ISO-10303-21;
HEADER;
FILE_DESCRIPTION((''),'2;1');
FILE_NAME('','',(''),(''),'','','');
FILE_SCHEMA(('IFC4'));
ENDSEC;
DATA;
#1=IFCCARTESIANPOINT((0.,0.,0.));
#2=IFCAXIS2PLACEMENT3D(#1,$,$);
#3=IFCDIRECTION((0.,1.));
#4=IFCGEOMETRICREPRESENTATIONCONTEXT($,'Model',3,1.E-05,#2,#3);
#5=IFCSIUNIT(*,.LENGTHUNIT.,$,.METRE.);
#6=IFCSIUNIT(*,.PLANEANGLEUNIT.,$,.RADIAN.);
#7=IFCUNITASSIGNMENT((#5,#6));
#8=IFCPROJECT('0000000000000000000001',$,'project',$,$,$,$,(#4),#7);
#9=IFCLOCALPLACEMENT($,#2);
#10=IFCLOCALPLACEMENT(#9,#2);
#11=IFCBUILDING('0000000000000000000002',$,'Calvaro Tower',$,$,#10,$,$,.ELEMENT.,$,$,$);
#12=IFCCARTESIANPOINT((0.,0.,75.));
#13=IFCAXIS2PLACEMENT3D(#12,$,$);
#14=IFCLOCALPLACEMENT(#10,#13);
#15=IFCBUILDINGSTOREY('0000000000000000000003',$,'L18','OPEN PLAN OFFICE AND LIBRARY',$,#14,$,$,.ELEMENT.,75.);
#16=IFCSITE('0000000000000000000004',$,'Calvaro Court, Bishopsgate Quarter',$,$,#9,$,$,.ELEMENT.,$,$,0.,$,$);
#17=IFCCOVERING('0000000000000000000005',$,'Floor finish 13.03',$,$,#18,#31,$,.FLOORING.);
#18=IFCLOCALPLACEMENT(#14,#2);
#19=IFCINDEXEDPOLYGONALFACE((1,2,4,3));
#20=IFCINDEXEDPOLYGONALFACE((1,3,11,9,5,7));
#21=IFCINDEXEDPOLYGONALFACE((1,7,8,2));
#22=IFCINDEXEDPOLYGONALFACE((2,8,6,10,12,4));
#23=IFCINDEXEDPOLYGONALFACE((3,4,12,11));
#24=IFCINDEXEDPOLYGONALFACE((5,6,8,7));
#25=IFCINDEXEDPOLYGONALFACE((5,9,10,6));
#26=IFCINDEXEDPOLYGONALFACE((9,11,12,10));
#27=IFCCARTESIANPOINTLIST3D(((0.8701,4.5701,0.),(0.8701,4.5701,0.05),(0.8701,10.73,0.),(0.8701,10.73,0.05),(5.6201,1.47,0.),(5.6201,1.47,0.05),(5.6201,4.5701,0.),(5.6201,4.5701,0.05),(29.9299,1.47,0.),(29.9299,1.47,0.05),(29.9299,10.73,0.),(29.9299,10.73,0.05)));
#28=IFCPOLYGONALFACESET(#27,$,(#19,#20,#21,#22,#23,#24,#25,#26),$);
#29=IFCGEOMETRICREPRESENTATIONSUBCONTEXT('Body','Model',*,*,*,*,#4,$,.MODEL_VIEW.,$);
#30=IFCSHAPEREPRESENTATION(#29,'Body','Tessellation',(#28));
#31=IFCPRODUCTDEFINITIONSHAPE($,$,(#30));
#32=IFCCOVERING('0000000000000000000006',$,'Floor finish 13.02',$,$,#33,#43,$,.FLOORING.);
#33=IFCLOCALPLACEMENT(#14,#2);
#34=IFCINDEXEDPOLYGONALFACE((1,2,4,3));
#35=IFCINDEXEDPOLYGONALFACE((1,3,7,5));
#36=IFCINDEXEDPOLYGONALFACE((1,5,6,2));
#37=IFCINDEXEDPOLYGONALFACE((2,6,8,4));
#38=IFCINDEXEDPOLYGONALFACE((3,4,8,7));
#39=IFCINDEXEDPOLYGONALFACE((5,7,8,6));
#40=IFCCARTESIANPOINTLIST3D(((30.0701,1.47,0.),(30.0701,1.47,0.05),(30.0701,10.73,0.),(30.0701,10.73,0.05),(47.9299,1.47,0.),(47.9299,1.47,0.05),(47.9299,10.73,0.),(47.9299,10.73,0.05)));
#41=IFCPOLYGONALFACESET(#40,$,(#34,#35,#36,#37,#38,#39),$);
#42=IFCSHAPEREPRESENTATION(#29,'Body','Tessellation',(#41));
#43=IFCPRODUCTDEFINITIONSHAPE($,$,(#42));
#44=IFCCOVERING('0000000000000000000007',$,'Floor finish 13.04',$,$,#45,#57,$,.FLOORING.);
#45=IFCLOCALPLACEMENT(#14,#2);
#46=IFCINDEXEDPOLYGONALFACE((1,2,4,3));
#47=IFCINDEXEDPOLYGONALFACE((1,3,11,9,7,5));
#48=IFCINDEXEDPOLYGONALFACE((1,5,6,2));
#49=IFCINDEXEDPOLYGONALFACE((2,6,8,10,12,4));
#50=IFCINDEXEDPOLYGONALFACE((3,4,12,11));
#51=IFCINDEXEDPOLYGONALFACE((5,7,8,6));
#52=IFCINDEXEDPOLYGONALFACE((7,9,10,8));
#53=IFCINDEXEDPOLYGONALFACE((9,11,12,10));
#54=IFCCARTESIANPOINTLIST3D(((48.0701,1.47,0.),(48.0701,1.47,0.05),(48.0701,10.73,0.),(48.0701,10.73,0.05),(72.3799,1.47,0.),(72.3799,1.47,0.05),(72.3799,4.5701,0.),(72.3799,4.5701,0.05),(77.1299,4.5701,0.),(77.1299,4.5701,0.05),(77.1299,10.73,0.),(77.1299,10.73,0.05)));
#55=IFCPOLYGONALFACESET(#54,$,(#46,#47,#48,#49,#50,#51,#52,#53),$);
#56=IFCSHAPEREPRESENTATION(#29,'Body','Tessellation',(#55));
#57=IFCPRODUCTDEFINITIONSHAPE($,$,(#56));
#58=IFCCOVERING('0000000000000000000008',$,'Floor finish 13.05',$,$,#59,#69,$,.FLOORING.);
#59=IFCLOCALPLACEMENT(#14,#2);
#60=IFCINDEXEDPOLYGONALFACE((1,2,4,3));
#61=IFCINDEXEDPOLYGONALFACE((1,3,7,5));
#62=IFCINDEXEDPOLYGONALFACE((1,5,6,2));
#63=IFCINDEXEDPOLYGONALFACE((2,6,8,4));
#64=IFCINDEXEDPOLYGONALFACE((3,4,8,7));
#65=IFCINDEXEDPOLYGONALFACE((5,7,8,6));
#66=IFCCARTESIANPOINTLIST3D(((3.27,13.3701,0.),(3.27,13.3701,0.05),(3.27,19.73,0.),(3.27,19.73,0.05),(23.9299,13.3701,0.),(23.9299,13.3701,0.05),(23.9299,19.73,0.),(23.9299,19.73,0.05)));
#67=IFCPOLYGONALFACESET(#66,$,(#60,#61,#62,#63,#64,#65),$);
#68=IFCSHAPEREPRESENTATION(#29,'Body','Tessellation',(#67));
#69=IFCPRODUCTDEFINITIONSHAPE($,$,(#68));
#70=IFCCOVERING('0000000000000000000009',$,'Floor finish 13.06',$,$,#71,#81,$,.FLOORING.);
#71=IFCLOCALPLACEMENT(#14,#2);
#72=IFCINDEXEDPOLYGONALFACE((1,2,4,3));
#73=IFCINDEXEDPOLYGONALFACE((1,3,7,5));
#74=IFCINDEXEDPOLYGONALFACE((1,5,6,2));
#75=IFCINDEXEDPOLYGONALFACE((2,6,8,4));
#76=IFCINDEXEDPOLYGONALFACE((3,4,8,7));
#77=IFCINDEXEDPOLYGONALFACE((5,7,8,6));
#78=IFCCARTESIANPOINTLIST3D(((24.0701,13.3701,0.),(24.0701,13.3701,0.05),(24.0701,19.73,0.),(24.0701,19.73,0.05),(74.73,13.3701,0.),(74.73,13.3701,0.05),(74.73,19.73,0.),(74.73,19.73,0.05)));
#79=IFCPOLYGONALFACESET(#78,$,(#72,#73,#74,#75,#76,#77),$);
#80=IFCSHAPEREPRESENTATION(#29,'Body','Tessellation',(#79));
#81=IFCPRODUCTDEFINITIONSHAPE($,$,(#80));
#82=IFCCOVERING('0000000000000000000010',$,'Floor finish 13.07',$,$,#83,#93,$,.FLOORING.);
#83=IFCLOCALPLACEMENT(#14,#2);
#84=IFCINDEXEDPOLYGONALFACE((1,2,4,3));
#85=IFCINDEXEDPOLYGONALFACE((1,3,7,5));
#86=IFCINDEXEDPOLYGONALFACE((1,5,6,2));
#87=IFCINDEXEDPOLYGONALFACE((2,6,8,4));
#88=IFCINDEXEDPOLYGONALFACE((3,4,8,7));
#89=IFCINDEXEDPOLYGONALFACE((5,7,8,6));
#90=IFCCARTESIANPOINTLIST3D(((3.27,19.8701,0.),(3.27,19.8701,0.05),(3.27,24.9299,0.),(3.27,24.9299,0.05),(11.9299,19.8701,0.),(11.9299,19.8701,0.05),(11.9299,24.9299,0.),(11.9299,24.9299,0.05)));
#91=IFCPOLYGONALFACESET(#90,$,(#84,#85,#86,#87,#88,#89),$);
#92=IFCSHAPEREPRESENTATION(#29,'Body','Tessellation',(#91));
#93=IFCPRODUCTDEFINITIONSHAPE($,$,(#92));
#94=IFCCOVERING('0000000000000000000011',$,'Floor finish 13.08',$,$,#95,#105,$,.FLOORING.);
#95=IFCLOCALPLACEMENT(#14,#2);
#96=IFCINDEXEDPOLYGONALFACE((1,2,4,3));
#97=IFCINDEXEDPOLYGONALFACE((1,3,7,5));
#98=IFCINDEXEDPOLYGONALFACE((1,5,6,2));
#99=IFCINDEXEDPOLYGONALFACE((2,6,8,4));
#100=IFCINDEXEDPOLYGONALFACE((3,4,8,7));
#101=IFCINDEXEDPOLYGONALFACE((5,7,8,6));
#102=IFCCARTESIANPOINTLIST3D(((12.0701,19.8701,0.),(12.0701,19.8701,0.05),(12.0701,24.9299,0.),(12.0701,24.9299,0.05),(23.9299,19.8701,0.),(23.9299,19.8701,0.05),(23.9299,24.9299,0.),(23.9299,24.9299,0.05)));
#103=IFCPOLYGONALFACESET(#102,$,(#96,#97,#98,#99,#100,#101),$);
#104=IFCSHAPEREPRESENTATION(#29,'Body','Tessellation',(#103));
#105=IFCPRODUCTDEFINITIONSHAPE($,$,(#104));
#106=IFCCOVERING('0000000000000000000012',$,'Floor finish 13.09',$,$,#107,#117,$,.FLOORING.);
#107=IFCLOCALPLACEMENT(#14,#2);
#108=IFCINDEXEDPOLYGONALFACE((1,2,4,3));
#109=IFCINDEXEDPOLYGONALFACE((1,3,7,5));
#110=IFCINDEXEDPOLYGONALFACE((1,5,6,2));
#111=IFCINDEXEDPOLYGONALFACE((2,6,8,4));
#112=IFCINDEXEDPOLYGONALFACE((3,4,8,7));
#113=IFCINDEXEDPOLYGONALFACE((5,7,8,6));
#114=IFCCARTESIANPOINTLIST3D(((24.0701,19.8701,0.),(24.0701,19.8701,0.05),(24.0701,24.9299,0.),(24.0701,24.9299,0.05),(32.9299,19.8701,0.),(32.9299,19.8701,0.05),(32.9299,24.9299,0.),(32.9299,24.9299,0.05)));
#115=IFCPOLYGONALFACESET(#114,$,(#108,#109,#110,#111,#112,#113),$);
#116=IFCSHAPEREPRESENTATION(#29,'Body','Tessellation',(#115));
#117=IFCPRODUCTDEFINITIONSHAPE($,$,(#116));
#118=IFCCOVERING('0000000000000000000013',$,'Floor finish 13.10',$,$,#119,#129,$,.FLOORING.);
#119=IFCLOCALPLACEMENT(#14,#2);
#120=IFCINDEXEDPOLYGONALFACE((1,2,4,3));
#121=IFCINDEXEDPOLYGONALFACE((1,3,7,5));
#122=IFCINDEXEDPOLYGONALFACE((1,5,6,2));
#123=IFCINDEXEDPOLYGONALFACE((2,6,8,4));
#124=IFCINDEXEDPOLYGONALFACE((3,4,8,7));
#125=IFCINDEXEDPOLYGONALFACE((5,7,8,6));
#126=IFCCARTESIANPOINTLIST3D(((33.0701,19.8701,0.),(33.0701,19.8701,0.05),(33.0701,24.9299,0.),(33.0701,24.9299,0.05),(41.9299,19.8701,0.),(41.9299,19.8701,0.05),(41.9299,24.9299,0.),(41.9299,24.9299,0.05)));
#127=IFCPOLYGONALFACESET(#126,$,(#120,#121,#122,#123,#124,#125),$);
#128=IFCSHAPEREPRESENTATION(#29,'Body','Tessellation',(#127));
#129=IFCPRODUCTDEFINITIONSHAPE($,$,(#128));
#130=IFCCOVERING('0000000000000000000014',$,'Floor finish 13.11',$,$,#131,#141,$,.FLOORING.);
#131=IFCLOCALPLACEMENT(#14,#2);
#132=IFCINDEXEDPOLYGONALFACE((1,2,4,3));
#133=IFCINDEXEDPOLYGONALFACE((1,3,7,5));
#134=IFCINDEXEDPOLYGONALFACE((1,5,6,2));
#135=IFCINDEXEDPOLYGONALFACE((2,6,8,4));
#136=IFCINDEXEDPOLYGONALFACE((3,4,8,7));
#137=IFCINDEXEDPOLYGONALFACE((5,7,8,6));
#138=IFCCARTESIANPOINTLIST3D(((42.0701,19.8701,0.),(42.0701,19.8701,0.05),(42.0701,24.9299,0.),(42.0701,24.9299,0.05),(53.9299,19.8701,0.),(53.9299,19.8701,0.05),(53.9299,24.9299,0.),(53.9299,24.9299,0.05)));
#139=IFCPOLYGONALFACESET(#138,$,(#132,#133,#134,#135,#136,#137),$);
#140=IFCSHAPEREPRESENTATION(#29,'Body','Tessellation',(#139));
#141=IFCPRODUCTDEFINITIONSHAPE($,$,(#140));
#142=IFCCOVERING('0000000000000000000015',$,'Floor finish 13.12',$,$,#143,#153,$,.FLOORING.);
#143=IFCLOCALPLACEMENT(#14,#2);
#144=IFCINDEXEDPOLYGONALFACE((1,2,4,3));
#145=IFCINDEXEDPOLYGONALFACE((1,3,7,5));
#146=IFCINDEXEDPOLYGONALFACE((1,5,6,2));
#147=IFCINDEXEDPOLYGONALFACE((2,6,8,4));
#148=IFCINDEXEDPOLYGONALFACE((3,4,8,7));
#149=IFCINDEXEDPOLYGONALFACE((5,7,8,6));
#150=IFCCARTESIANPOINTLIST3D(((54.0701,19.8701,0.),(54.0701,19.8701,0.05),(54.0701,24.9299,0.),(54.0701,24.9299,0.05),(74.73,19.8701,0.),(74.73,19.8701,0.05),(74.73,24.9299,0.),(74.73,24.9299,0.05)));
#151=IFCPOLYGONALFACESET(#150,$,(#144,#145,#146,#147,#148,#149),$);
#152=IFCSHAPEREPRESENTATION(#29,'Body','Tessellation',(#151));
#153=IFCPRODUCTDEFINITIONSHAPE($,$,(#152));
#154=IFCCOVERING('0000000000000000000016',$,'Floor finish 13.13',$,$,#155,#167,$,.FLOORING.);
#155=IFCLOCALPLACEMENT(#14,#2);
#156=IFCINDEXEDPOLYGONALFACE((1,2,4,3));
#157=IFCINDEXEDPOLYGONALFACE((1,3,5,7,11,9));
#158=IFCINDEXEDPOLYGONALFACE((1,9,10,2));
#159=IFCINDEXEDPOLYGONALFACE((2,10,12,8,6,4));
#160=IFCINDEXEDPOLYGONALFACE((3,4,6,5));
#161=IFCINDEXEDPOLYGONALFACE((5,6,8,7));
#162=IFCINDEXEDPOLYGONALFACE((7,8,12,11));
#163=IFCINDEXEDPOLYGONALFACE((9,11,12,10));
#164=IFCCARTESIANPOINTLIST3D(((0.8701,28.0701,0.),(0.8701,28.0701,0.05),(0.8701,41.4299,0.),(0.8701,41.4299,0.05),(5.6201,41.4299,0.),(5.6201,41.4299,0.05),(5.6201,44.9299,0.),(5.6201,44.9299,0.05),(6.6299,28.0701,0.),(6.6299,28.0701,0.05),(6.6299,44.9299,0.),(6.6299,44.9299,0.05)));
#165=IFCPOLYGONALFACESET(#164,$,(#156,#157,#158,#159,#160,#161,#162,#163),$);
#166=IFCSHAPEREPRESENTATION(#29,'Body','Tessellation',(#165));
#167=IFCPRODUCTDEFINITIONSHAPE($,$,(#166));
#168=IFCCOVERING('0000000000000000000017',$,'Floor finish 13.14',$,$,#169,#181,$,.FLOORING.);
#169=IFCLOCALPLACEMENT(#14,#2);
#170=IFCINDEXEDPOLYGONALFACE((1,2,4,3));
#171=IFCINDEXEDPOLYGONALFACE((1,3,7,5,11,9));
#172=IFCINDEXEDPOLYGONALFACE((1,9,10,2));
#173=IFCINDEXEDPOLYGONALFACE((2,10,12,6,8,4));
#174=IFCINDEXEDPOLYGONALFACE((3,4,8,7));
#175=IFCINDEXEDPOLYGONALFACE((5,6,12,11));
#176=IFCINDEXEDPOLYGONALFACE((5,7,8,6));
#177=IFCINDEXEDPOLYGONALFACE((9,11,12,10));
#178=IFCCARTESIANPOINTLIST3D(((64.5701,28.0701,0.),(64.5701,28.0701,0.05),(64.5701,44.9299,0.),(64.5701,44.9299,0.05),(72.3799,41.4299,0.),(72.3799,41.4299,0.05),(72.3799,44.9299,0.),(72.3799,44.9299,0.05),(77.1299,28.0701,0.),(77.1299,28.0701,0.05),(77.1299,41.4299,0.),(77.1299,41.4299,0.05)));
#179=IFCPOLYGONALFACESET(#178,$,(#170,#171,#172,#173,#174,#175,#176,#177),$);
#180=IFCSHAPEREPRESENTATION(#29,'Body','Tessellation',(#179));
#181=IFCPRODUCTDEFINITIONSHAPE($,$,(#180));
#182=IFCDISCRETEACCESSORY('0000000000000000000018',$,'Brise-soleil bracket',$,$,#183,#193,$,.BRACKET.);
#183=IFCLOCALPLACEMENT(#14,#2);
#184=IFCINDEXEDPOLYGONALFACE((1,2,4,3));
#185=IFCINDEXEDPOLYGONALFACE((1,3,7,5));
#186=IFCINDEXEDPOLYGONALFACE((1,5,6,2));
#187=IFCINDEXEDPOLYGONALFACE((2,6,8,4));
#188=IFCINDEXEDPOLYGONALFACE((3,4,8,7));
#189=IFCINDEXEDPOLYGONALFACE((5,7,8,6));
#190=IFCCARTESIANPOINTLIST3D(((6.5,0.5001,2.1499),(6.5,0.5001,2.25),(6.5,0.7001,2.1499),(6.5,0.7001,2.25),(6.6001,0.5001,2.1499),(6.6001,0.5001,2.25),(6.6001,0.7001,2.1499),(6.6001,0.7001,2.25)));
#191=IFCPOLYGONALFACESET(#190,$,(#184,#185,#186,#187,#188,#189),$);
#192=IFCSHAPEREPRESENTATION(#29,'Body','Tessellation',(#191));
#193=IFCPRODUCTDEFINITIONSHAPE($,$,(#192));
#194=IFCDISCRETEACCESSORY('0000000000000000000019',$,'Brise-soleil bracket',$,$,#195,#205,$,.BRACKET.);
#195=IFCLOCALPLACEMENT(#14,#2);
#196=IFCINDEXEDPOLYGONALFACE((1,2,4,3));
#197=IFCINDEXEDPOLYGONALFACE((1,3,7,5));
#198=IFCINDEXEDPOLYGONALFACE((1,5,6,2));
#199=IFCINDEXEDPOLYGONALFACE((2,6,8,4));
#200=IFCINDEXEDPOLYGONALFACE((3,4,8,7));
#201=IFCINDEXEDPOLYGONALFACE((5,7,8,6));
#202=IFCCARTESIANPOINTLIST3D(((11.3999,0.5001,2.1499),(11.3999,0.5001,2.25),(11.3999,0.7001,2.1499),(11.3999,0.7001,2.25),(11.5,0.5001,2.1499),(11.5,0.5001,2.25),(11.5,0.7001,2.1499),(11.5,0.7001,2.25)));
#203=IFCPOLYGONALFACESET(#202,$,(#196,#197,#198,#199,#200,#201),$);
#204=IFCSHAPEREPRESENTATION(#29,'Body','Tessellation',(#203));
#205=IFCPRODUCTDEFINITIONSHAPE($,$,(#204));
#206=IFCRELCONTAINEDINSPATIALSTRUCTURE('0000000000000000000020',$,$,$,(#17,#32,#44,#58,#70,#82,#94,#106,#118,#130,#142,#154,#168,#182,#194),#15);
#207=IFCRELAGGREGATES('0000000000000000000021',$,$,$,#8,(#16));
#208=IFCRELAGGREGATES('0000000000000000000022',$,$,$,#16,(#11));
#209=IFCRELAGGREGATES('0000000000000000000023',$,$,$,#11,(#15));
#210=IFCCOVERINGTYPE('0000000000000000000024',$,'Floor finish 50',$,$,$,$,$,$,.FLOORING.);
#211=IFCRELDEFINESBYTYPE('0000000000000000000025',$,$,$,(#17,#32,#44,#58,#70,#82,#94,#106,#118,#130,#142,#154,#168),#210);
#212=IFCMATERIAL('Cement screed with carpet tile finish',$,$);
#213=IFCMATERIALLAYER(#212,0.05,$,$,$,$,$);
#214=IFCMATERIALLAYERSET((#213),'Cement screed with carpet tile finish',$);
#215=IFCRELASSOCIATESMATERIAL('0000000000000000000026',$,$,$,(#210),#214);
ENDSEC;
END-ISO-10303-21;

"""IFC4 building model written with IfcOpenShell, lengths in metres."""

from ifc_helpers import new_model, si_unit, direction, frame, origin, origin_2d, place, context, subcontext, project, spatial, polyline, rectangle, outline, extrude, material, layer, layer_set, type_object, element, save


model = new_model("IFC4")

# Units and contexts
model_context = context("Model", 3, precision=1e-05, world=origin(), true_north=direction((0.0, 1.0)))
body_context = subcontext(model_context, "Body", "Model", "MODEL_VIEW")
ifc_project = project(units=[si_unit("LENGTHUNIT", "METRE"), si_unit("PLANEANGLEUNIT", "RADIAN")], contexts=[model_context])

# Site, building, storey
site_placement = place(None, origin())
site = spatial("IfcSite", under=ifc_project, at=site_placement, Name="Calvaro Court, Bishopsgate Quarter", CompositionType="ELEMENT", RefElevation=0.0)
building_placement = place(site_placement, origin())
building = spatial("IfcBuilding", under=site, at=building_placement, Name="Calvaro Tower", CompositionType="ELEMENT")
storey_placement = place(building_placement, frame((0.0, 0.0, 75.0)))
storey = spatial("IfcBuildingStorey", under=building, at=storey_placement, Name="L18", Description="OPEN PLAN OFFICE AND LIBRARY", CompositionType="ELEMENT", Elevation=75.0)

# Coverings
ifc_material_1 = material(Name="Cement screed with carpet tile finish")
ifc_layer_1 = layer(ifc_material_1, 0.05)
ifc_layer_set_1 = layer_set([ifc_layer_1], Name="Cement screed with carpet tile finish")
covering_type = type_object("IfcCoveringType", Name="Floor finish 50", PredefinedType="FLOORING", material=ifc_layer_set_1)
covering_1_placement = place(storey_placement, origin())
element("IfcCovering", 1, at=covering_1_placement, inside=storey, type_object=covering_type, Name="Floor finish 13.03", PredefinedType="FLOORING", context=body_context, shape_type="SweptSolid", body=[
    extrude(outline(polyline([(29.9299, 10.73), (29.9299, 1.47), (5.6201, 1.47), (5.6201, 4.5701), (0.8701, 4.5701), (0.8701, 10.73), (29.9299, 10.73)])), origin(), (0.0, 0.0, 1.0), 0.05),
])
covering_2_placement = place(storey_placement, origin())
element("IfcCovering", 2, at=covering_2_placement, inside=storey, type_object=covering_type, Name="Floor finish 13.02", PredefinedType="FLOORING", context=body_context, shape_type="SweptSolid", body=[
    extrude(outline(polyline([(30.0701, 10.73), (47.9299, 10.73), (47.9299, 1.47), (30.0701, 1.47), (30.0701, 10.73)])), origin(), (0.0, 0.0, 1.0), 0.05),
])
covering_3_placement = place(storey_placement, origin())
element("IfcCovering", 3, at=covering_3_placement, inside=storey, type_object=covering_type, Name="Floor finish 13.04", PredefinedType="FLOORING", context=body_context, shape_type="SweptSolid", body=[
    extrude(outline(polyline([(77.1299, 4.5701), (72.3799, 4.5701), (72.3799, 1.47), (48.0701, 1.47), (48.0701, 10.73), (77.1299, 10.73), (77.1299, 4.5701)])), origin(), (0.0, 0.0, 1.0), 0.05),
])
covering_4_placement = place(storey_placement, origin())
element("IfcCovering", 4, at=covering_4_placement, inside=storey, type_object=covering_type, Name="Floor finish 13.05", PredefinedType="FLOORING", context=body_context, shape_type="SweptSolid", body=[
    extrude(outline(polyline([(3.27, 13.3701), (3.27, 19.73), (23.9299, 19.73), (23.9299, 13.3701), (3.27, 13.3701)])), origin(), (0.0, 0.0, 1.0), 0.05),
])
covering_5_placement = place(storey_placement, origin())
element("IfcCovering", 5, at=covering_5_placement, inside=storey, type_object=covering_type, Name="Floor finish 13.06", PredefinedType="FLOORING", context=body_context, shape_type="SweptSolid", body=[
    extrude(outline(polyline([(24.0701, 13.3701), (24.0701, 19.73), (74.73, 19.73), (74.73, 13.3701), (24.0701, 13.3701)])), origin(), (0.0, 0.0, 1.0), 0.05),
])
covering_6_placement = place(storey_placement, origin())
element("IfcCovering", 6, at=covering_6_placement, inside=storey, type_object=covering_type, Name="Floor finish 13.07", PredefinedType="FLOORING", context=body_context, shape_type="SweptSolid", body=[
    extrude(outline(polyline([(3.27, 19.8701), (3.27, 24.9299), (11.9299, 24.9299), (11.9299, 19.8701), (3.27, 19.8701)])), origin(), (0.0, 0.0, 1.0), 0.05),
])
covering_7_placement = place(storey_placement, origin())
element("IfcCovering", 7, at=covering_7_placement, inside=storey, type_object=covering_type, Name="Floor finish 13.08", PredefinedType="FLOORING", context=body_context, shape_type="SweptSolid", body=[
    extrude(outline(polyline([(12.0701, 19.8701), (12.0701, 24.9299), (23.9299, 24.9299), (23.9299, 19.8701), (12.0701, 19.8701)])), origin(), (0.0, 0.0, 1.0), 0.05),
])
covering_8_placement = place(storey_placement, origin())
element("IfcCovering", 8, at=covering_8_placement, inside=storey, type_object=covering_type, Name="Floor finish 13.09", PredefinedType="FLOORING", context=body_context, shape_type="SweptSolid", body=[
    extrude(outline(polyline([(24.0701, 19.8701), (24.0701, 24.9299), (32.9299, 24.9299), (32.9299, 19.8701), (24.0701, 19.8701)])), origin(), (0.0, 0.0, 1.0), 0.05),
])
covering_9_placement = place(storey_placement, origin())
element("IfcCovering", 9, at=covering_9_placement, inside=storey, type_object=covering_type, Name="Floor finish 13.10", PredefinedType="FLOORING", context=body_context, shape_type="SweptSolid", body=[
    extrude(outline(polyline([(33.0701, 19.8701), (33.0701, 24.9299), (41.9299, 24.9299), (41.9299, 19.8701), (33.0701, 19.8701)])), origin(), (0.0, 0.0, 1.0), 0.05),
])
covering_10_placement = place(storey_placement, origin())
element("IfcCovering", 10, at=covering_10_placement, inside=storey, type_object=covering_type, Name="Floor finish 13.11", PredefinedType="FLOORING", context=body_context, shape_type="SweptSolid", body=[
    extrude(outline(polyline([(42.0701, 19.8701), (42.0701, 24.9299), (53.9299, 24.9299), (53.9299, 19.8701), (42.0701, 19.8701)])), origin(), (0.0, 0.0, 1.0), 0.05),
])
covering_11_placement = place(storey_placement, origin())
element("IfcCovering", 11, at=covering_11_placement, inside=storey, type_object=covering_type, Name="Floor finish 13.12", PredefinedType="FLOORING", context=body_context, shape_type="SweptSolid", body=[
    extrude(outline(polyline([(54.0701, 19.8701), (54.0701, 24.9299), (74.73, 24.9299), (74.73, 19.8701), (54.0701, 19.8701)])), origin(), (0.0, 0.0, 1.0), 0.05),
])
covering_12_placement = place(storey_placement, origin())
element("IfcCovering", 12, at=covering_12_placement, inside=storey, type_object=covering_type, Name="Floor finish 13.13", PredefinedType="FLOORING", context=body_context, shape_type="SweptSolid", body=[
    extrude(outline(polyline([(6.6299, 28.0701), (0.8701, 28.0701), (0.8701, 41.4299), (5.6201, 41.4299), (5.6201, 44.9299), (6.6299, 44.9299), (6.6299, 28.0701)])), origin(), (0.0, 0.0, 1.0), 0.05),
])
covering_13_placement = place(storey_placement, origin())
element("IfcCovering", 13, at=covering_13_placement, inside=storey, type_object=covering_type, Name="Floor finish 13.14", PredefinedType="FLOORING", context=body_context, shape_type="SweptSolid", body=[
    extrude(outline(polyline([(77.1299, 28.0701), (64.5701, 28.0701), (64.5701, 44.9299), (72.3799, 44.9299), (72.3799, 41.4299), (77.1299, 41.4299), (77.1299, 28.0701)])), origin(), (0.0, 0.0, 1.0), 0.05),
])

# Discrete accessories
for number, where, z_axis, x_axis, name in (
    (14, (6.55, 0.6001, 2.1499), (0.0, 0.0, 1.0), (1.0, 0.0, 0.0), "Brise-soleil bracket"),
    (15, (11.45, 0.6001, 2.1499), (0.0, 0.0, 1.0), (1.0, 0.0, 0.0), "Brise-soleil bracket"),
):
    element("IfcDiscreteAccessory", number, at=place(storey_placement, frame(where, z_axis=z_axis, x_axis=x_axis)), inside=storey, Name=name, PredefinedType="BRACKET", context=body_context, shape_type="SweptSolid", body=[
        extrude(rectangle(XDim=0.1001, YDim=0.2, at=origin_2d()), origin(), (0.0, 0.0, 1.0), 0.1001),
    ])

save(model, "model.ifc")
